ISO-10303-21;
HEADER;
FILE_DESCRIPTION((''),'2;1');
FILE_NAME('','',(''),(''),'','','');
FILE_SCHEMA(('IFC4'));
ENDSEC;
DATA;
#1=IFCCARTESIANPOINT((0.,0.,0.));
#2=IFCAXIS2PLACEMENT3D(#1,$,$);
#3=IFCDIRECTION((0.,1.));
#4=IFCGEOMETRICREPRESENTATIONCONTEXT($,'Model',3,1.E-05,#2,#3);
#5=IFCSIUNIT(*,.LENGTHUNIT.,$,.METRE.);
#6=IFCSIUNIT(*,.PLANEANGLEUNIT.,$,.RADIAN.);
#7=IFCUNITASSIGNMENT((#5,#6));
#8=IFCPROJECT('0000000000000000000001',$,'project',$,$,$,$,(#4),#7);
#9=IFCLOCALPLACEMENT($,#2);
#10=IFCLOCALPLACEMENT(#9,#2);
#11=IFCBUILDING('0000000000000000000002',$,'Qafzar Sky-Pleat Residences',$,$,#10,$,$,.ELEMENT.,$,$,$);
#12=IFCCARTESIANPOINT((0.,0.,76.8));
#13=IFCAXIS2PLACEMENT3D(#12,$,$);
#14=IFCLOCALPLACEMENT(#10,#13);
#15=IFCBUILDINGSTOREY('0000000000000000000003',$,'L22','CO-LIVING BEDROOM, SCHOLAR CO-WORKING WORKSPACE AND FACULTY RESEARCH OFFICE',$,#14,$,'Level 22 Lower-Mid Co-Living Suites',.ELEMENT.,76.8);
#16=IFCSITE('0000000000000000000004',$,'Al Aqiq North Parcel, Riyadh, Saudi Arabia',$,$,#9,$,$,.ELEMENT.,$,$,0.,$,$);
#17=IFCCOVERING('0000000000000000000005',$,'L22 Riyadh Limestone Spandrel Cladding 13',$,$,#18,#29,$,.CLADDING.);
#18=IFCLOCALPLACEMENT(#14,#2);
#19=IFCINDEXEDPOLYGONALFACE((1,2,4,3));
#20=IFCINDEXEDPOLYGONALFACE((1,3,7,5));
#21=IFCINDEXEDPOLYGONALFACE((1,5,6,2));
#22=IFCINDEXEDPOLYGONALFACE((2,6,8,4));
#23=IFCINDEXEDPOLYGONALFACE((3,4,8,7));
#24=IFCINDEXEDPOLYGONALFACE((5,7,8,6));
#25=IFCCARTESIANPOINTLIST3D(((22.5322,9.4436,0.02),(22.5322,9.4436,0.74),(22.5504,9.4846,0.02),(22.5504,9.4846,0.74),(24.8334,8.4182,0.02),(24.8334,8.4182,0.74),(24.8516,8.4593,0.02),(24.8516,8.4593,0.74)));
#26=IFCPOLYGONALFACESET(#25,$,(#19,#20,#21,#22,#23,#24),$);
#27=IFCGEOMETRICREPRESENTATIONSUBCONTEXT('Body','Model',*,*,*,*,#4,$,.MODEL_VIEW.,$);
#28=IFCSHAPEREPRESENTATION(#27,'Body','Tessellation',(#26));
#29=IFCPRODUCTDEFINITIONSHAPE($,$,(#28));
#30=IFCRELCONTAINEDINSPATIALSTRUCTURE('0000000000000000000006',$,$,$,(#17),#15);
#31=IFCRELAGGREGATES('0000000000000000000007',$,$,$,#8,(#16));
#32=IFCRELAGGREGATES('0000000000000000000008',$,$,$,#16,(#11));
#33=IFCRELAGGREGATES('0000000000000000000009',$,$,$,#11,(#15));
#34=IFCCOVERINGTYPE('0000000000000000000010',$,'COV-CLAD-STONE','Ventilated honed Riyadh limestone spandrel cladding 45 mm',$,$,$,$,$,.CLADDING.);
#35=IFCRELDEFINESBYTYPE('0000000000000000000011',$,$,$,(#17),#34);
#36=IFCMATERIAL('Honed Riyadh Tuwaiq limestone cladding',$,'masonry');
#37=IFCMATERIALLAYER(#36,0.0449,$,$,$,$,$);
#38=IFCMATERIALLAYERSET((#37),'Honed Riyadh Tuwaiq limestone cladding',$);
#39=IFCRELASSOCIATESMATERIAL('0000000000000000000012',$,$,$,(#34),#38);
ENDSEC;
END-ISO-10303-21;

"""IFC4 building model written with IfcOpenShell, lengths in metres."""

from ifc_helpers import new_model, si_unit, direction, frame, origin, origin_2d, place, context, subcontext, project, spatial, rectangle, extrude, source, transform, mapped, material, layer, layer_set, type_object, element, save


model = new_model("IFC4")

# Units and contexts
model_context = context("Model", 3, precision=1e-05, world=origin(), true_north=direction((0.0, 1.0)))
body_context = subcontext(model_context, "Body", "Model", "MODEL_VIEW")
ifc_project = project(units=[si_unit("LENGTHUNIT", "METRE"), si_unit("PLANEANGLEUNIT", "RADIAN")], contexts=[model_context])

# Site, building, storey
site_placement = place(None, origin())
site = spatial("IfcSite", under=ifc_project, at=site_placement, Name="Al Aqiq North Parcel, Riyadh, Saudi Arabia", CompositionType="ELEMENT", RefElevation=0.0)
building_placement = place(site_placement, origin())
building = spatial("IfcBuilding", under=site, at=building_placement, Name="Qafzar Sky-Pleat Residences", CompositionType="ELEMENT")
storey_placement = place(building_placement, frame((0.0, 0.0, 76.8)))
storey = spatial("IfcBuildingStorey", under=building, at=storey_placement, Name="L22", Description="CO-LIVING BEDROOM, SCHOLAR CO-WORKING WORKSPACE AND FACULTY RESEARCH OFFICE", LongName="Level 22 Lower-Mid Co-Living Suites", CompositionType="ELEMENT", Elevation=76.8)

# Covering
ifc_material_1 = material(Name="Honed Riyadh Tuwaiq limestone cladding", Category="masonry")
ifc_layer_1 = layer(ifc_material_1, 0.0449)
ifc_layer_set_1 = layer_set([ifc_layer_1], Name="Honed Riyadh Tuwaiq limestone cladding")
covering_type = type_object("IfcCoveringType", Name="COV-CLAD-STONE", Description="Ventilated honed Riyadh limestone spandrel cladding 45 mm", PredefinedType="CLADDING", material=ifc_layer_set_1)
shared_shape_1 = source(origin(), body_context, "Body", "SweptSolid", [
    extrude(rectangle(XDim=2.5193, YDim=0.0449, at=origin_2d()), origin(), (0.0, 0.0, 1.0), 0.72),
])
covering_placement = place(storey_placement, frame((23.6919, 8.9514, 0.02), z_axis=(0.0, 0.0, 1.0), x_axis=(0.913434, -0.406987, 0.0)))
element("IfcCovering", 1, at=covering_placement, inside=storey, type_object=covering_type, Name="L22 Riyadh Limestone Spandrel Cladding 13", PredefinedType="CLADDING", context=body_context, shape_type="MappedRepresentation", body=[
    mapped(shared_shape_1, transform((0.0, 0.0, 0.0), x_axis=(1.0, 0.0, 0.0), y_axis=(0.0, 1.0, 0.0), z_axis=(0.0, 0.0, 1.0), scale=1.0)),
])

save(model, "model.ifc")
